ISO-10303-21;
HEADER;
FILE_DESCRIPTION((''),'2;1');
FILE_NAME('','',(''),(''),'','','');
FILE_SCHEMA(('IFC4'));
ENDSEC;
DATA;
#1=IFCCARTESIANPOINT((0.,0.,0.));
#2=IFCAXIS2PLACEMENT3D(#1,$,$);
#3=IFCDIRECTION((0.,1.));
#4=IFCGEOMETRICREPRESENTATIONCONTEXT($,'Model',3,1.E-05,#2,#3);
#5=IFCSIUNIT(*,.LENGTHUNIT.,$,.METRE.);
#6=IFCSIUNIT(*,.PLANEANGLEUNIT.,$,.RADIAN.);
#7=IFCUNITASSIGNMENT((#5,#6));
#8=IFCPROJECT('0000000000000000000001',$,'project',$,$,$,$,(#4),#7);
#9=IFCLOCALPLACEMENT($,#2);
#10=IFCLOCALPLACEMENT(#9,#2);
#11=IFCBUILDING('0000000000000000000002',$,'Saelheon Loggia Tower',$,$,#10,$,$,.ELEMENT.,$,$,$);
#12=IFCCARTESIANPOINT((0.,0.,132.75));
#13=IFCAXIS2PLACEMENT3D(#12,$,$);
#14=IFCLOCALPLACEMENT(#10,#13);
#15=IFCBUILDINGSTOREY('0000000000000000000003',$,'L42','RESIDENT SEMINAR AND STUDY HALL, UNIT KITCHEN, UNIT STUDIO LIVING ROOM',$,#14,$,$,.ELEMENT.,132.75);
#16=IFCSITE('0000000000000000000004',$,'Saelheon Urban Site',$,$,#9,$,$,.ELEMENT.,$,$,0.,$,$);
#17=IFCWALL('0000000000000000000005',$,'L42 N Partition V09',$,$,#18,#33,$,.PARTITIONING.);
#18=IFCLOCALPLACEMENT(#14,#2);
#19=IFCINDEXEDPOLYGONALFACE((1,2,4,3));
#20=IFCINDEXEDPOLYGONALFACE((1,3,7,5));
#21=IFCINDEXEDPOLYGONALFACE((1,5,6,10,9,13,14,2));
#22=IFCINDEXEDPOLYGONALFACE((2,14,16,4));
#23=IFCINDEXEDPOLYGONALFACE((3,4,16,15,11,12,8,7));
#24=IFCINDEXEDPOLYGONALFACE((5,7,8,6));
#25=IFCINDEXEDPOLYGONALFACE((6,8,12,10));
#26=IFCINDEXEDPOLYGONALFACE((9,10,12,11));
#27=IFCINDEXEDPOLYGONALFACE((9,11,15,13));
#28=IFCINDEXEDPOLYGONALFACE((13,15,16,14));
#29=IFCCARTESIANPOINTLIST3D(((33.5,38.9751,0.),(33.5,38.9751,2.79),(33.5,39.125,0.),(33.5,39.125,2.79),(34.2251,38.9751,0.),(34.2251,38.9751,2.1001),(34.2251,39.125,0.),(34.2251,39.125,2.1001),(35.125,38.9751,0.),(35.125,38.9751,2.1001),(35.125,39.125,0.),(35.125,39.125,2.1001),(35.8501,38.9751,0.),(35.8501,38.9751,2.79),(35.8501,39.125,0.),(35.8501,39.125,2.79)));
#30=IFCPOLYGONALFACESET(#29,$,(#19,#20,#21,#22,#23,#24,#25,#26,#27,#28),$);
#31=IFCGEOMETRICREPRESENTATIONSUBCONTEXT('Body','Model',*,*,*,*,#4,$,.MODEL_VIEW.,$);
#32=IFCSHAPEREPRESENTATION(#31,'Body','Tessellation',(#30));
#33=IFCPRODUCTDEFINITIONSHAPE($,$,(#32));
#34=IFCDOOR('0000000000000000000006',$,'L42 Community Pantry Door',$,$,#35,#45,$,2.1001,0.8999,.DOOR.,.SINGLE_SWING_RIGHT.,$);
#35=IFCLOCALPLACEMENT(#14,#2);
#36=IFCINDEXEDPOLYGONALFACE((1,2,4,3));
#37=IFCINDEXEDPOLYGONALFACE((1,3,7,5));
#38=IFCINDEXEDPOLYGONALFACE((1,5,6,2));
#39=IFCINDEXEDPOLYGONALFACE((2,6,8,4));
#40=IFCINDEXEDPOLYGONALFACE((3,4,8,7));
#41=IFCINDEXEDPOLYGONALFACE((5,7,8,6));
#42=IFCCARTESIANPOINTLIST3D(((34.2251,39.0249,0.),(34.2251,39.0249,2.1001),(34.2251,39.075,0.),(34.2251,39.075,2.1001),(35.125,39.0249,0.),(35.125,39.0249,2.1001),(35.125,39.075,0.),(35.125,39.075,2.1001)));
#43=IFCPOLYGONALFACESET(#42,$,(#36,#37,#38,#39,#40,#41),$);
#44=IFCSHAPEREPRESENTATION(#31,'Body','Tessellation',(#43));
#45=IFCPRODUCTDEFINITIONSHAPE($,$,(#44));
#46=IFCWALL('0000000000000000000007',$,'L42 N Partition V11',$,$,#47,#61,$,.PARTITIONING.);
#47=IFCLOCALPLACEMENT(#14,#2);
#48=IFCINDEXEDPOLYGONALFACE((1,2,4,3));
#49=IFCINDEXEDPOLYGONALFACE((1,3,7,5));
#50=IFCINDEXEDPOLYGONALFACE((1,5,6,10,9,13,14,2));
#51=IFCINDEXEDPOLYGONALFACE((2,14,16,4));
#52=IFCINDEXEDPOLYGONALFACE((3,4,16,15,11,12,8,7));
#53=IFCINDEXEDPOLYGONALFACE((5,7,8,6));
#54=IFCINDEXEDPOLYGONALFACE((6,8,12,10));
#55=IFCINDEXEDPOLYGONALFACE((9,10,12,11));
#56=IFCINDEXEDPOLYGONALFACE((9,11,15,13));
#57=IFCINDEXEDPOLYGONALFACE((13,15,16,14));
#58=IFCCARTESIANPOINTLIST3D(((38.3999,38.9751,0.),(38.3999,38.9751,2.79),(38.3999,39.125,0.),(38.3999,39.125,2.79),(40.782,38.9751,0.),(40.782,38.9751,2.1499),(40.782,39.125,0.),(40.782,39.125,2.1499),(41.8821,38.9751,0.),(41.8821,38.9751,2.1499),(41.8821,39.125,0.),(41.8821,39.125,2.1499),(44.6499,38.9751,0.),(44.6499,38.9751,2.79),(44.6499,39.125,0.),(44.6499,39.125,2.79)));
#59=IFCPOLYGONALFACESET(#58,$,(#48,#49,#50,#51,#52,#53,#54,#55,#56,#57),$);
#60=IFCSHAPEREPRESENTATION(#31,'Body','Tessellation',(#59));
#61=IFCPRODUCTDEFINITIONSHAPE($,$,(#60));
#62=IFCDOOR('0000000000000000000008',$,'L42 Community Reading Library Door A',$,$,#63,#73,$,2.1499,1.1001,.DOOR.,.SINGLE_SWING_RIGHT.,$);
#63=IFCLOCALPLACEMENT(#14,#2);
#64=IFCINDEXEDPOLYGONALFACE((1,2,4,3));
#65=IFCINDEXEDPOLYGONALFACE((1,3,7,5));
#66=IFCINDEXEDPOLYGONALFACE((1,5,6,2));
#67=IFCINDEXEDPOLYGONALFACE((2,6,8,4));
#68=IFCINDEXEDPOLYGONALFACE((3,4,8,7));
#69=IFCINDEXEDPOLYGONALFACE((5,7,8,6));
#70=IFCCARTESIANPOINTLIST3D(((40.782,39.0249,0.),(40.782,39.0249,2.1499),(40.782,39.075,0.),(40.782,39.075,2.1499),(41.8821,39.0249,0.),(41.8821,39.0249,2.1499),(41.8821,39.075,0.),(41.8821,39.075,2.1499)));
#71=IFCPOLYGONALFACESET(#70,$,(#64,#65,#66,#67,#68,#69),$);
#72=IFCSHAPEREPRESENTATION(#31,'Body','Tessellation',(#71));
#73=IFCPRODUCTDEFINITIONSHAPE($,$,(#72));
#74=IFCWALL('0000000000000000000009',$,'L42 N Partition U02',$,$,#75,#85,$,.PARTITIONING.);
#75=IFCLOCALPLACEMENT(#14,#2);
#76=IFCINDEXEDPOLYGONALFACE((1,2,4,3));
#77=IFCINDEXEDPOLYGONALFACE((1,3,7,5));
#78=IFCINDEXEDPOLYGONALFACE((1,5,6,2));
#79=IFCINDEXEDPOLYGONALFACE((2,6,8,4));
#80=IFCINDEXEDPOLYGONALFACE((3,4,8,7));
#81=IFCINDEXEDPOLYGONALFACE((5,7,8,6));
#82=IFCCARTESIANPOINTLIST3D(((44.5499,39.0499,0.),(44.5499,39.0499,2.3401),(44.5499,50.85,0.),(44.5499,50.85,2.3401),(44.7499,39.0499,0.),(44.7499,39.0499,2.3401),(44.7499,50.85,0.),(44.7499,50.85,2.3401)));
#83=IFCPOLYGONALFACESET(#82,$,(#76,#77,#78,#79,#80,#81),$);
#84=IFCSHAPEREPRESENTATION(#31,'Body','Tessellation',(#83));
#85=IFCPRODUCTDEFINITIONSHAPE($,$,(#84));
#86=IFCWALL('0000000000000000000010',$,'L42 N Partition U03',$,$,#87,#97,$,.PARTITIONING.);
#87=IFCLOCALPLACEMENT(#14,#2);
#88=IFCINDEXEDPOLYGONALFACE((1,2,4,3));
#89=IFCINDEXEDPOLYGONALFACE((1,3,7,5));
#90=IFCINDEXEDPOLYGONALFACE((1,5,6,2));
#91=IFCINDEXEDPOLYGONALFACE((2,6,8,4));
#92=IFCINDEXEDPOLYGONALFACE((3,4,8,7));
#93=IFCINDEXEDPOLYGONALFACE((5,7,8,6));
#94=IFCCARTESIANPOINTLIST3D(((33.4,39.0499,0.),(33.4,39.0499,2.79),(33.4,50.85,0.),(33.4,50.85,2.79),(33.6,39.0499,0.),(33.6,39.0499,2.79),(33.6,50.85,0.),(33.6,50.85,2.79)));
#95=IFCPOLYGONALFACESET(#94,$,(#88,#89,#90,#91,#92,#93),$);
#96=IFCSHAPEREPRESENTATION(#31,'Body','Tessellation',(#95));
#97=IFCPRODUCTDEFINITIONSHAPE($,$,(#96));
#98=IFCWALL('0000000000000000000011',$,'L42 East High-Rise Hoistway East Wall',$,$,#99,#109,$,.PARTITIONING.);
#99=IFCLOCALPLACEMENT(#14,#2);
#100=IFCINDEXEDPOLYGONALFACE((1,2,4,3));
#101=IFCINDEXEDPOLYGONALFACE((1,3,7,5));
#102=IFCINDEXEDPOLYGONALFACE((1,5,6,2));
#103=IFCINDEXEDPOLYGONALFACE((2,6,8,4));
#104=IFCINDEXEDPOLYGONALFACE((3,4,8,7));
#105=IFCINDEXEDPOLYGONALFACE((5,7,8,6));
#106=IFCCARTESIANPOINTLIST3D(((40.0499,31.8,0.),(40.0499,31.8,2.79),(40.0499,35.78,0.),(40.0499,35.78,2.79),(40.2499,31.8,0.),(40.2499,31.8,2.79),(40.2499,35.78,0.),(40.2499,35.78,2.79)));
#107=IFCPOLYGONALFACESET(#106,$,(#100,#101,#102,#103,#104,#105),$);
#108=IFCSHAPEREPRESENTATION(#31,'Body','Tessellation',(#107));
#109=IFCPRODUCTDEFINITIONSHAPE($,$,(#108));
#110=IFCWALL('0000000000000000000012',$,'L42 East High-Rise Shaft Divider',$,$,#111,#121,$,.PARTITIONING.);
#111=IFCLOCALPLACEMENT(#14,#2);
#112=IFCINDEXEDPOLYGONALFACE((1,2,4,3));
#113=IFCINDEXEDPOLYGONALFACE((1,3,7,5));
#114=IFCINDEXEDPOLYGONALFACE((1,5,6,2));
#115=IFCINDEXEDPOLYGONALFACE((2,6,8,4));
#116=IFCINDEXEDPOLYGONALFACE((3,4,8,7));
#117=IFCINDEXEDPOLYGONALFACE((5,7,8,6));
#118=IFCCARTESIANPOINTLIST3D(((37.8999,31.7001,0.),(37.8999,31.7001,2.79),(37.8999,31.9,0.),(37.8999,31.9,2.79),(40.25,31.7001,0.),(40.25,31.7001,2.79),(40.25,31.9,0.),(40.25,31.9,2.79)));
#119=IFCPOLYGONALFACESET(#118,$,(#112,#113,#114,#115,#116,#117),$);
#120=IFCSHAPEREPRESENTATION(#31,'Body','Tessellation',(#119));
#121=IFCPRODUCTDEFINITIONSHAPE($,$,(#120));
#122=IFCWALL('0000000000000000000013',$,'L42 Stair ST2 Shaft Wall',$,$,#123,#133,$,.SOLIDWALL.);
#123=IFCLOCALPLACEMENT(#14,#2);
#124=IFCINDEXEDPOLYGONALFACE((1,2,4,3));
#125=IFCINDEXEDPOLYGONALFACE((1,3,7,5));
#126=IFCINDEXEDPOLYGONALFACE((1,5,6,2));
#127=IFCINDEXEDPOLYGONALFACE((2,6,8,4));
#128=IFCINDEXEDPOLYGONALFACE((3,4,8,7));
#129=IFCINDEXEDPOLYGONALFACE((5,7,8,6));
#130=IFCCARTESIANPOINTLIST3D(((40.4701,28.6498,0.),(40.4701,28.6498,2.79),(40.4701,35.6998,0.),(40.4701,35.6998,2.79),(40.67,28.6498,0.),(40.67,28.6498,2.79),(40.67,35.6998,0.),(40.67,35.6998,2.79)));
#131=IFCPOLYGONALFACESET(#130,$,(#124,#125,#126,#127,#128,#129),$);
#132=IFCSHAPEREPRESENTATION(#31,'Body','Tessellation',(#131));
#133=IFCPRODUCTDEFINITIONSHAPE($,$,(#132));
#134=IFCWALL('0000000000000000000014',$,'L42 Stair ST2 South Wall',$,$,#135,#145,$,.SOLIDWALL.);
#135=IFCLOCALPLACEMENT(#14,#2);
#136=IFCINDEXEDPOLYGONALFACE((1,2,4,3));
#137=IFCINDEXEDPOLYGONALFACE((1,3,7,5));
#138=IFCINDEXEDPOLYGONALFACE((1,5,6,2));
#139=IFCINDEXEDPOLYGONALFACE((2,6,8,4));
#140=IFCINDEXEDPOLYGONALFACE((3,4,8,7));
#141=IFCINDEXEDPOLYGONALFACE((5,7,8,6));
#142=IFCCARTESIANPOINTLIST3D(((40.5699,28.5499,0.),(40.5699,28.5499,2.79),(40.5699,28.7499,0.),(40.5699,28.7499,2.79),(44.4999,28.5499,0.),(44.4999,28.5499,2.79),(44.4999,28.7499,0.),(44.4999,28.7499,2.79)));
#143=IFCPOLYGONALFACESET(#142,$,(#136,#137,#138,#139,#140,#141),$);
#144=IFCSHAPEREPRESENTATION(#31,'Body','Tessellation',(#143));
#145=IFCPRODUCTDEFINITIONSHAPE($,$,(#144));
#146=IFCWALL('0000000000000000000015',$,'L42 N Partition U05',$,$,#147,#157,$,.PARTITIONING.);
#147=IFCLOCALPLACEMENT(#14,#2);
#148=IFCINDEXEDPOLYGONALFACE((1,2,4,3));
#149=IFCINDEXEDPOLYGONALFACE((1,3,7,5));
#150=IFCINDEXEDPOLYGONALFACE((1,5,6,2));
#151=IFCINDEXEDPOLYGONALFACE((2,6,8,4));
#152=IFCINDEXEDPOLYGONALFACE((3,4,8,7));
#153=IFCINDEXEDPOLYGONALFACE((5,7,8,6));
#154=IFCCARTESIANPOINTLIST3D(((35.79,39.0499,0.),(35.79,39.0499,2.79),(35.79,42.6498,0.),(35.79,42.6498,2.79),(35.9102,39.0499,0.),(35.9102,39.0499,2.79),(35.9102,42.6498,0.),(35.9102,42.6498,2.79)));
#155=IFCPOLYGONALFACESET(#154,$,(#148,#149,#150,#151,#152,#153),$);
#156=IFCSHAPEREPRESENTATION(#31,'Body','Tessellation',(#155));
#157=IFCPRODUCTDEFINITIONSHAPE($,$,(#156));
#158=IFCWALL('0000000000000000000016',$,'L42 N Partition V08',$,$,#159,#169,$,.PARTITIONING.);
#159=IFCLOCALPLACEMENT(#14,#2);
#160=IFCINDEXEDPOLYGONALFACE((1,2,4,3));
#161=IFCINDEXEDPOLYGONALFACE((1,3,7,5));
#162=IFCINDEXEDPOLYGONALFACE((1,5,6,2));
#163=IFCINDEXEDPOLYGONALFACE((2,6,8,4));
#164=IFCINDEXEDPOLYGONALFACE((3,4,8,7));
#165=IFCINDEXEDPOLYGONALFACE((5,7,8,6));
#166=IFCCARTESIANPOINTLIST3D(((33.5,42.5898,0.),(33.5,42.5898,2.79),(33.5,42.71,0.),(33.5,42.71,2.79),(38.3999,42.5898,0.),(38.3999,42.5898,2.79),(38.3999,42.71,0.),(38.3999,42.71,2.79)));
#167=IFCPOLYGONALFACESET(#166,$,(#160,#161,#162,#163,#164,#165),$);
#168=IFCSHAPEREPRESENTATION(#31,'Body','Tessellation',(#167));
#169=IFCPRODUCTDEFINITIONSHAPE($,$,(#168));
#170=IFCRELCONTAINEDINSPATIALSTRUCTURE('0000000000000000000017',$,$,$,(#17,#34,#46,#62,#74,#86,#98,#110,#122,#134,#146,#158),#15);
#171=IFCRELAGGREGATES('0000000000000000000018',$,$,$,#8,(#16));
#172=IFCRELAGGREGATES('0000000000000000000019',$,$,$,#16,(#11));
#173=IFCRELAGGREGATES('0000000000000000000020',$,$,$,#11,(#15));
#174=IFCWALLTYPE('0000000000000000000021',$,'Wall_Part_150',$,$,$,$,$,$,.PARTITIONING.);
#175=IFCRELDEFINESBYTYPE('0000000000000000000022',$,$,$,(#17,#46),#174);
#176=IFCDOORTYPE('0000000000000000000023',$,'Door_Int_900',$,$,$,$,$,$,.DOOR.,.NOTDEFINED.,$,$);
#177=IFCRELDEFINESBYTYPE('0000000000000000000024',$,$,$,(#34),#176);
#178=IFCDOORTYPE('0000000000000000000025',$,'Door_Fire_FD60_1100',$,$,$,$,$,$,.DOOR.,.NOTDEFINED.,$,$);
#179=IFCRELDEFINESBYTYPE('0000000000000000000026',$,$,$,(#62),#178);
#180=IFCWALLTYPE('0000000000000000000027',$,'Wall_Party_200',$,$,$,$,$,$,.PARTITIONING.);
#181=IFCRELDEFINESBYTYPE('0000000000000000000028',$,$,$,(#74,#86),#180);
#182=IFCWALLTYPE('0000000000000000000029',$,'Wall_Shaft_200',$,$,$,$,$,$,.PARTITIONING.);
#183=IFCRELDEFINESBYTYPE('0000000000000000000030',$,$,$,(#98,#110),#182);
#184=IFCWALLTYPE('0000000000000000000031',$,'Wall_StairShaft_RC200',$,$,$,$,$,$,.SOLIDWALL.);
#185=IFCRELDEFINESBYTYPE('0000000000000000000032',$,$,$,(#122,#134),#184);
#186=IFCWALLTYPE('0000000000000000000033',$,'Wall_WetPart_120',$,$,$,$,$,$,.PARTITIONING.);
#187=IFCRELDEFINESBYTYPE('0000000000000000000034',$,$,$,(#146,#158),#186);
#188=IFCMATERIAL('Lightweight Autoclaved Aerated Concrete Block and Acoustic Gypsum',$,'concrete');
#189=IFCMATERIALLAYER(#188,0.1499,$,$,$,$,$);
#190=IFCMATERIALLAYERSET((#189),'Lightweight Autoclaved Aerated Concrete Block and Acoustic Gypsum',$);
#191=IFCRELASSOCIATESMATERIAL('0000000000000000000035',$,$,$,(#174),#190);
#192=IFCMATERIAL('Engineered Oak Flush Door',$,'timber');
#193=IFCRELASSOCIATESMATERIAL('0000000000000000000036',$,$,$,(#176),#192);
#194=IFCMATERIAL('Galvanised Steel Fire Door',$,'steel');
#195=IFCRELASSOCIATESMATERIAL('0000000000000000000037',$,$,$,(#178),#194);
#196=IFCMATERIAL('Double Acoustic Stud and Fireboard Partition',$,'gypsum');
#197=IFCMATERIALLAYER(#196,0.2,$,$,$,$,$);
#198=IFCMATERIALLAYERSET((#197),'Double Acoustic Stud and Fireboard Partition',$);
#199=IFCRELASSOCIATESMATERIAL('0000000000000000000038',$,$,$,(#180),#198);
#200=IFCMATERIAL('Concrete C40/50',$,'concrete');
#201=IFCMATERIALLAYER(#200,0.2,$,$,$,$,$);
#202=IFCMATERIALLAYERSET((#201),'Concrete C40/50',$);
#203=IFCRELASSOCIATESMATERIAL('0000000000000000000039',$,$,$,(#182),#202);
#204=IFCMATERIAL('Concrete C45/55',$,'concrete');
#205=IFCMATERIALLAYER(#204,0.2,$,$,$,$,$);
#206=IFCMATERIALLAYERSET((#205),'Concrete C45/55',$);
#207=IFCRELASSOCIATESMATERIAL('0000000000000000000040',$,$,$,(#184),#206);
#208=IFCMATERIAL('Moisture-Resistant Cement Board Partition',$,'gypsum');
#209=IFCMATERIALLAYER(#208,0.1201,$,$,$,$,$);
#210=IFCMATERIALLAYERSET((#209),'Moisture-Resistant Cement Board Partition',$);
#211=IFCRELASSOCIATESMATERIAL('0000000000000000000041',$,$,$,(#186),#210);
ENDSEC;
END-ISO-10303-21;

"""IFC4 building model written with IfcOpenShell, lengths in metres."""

from ifc_helpers import new_model, si_unit, direction, frame, frame_2d, origin, place, context, subcontext, project, spatial, rectangle, extrude, source, transform, mapped, material, layer, layer_set, type_object, element, fill, save


model = new_model("IFC4")

# Units and contexts
model_context = context("Model", 3, precision=1e-05, world=origin(), true_north=direction((0.0, 1.0)))
body_context = subcontext(model_context, "Body", "Model", "MODEL_VIEW")
ifc_project = project(units=[si_unit("LENGTHUNIT", "METRE"), si_unit("PLANEANGLEUNIT", "RADIAN")], contexts=[model_context])

# Site, building, storey
site_placement = place(None, origin())
site = spatial("IfcSite", under=ifc_project, at=site_placement, Name="Saelheon Urban Site", CompositionType="ELEMENT", RefElevation=0.0)
building_placement = place(site_placement, origin())
building = spatial("IfcBuilding", under=site, at=building_placement, Name="Saelheon Loggia Tower", CompositionType="ELEMENT")
storey_placement = place(building_placement, frame((0.0, 0.0, 132.75)))
storey = spatial("IfcBuildingStorey", under=building, at=storey_placement, Name="L42", Description="RESIDENT SEMINAR AND STUDY HALL, UNIT KITCHEN, UNIT STUDIO LIVING ROOM", CompositionType="ELEMENT", Elevation=132.75)

# Shared definitions
ifc_material_1 = material(Name="Concrete C40/50", Category="concrete")

# Shared definitions
ifc_material_2 = material(Name="Lightweight Autoclaved Aerated Concrete Block and Acoustic Gypsum", Category="concrete")
ifc_layer_1 = layer(ifc_material_2, 0.1499)
ifc_layer_set_1 = layer_set([ifc_layer_1], Name="Lightweight Autoclaved Aerated Concrete Block and Acoustic Gypsum")
wall_type_1 = type_object("IfcWallType", Name="Wall_Part_150", PredefinedType="PARTITIONING", material=ifc_layer_set_1)

# Walls, openings, doors
ifc_material_3 = material(Name="Engineered Oak Flush Door", Category="timber")
door_type_1 = type_object("IfcDoorType", Name="Door_Int_900", OperationType="NOTDEFINED", PredefinedType="DOOR", material=ifc_material_3)
shared_shape_1 = source(origin(), body_context, "Body", "SweptSolid", [
    extrude(rectangle(XDim=0.8999, YDim=2.1001, at=frame_2d((0.45, 1.05))), frame((0.0, 0.0249, 0.0), z_axis=(0.0, -1.0, 0.0), x_axis=(1.0, 0.0, 0.0)), (0.0, 0.0, 1.0), 0.05),
])
wall_1_placement = place(storey_placement, frame((33.5, 39.05, 0.0), z_axis=(0.0, 0.0, 1.0), x_axis=(1.0, 0.0, 0.0)))
wall_1 = element("IfcWall", 1, at=wall_1_placement, inside=storey, type_object=wall_type_1, Name="L42 N Partition V09", PredefinedType="PARTITIONING", context=body_context, shape_type="SweptSolid", body=[
    extrude(rectangle(XDim=2.3501, YDim=0.1499, at=frame_2d((1.175, 0.0))), origin(), (0.0, 0.0, 1.0), 2.79),
])
opening_1_placement = place(wall_1_placement, frame((0.7251, 0.0, 0.0)))
opening_1 = element("IfcOpeningElement", 2, at=opening_1_placement, cuts=wall_1, PredefinedType="OPENING", context=body_context, shape_type="SweptSolid", body=[
    extrude(rectangle(XDim=0.8999, YDim=2.1001, at=frame_2d((0.45, 1.05))), frame((0.0, 0.0869, 0.0), z_axis=(0.0, -1.0, 0.0), x_axis=(1.0, 0.0, 0.0)), (0.0, 0.0, 1.0), 0.1738),
])
door_1_placement = place(opening_1_placement, origin())
door_1 = element("IfcDoor", 3, at=door_1_placement, inside=storey, type_object=door_type_1, Name="L42 Community Pantry Door", OperationType="SINGLE_SWING_RIGHT", OverallHeight=2.1001, OverallWidth=0.8999, PredefinedType="DOOR", context=body_context, shape_type="MappedRepresentation", body=[
    mapped(shared_shape_1, transform((0.0, 0.0, 0.0), scale=1.0)),
])
fill(opening_1, door_1)
wall_2_placement = place(storey_placement, frame((38.3999, 39.05, 0.0), z_axis=(0.0, 0.0, 1.0), x_axis=(1.0, 0.0, 0.0)))
wall_2 = element("IfcWall", 4, at=wall_2_placement, inside=storey, type_object=wall_type_1, Name="L42 N Partition V11", PredefinedType="PARTITIONING", context=body_context, shape_type="SweptSolid", body=[
    extrude(rectangle(XDim=6.25, YDim=0.1499, at=frame_2d((3.125, 0.0))), origin(), (0.0, 0.0, 1.0), 2.79),
])
opening_2_placement = place(wall_2_placement, frame((2.3821, 0.0, 0.0)))
opening_2 = element("IfcOpeningElement", 5, at=opening_2_placement, cuts=wall_2, PredefinedType="OPENING", context=body_context, shape_type="SweptSolid", body=[
    extrude(rectangle(XDim=1.1001, YDim=2.1499, at=frame_2d((0.55, 1.075))), frame((0.0, 0.0869, 0.0), z_axis=(0.0, -1.0, 0.0), x_axis=(1.0, 0.0, 0.0)), (0.0, 0.0, 1.0), 0.1738),
])
ifc_material_4 = material(Name="Galvanised Steel Fire Door", Category="steel")
door_type_2 = type_object("IfcDoorType", Name="Door_Fire_FD60_1100", OperationType="NOTDEFINED", PredefinedType="DOOR", material=ifc_material_4)
shared_shape_2 = source(origin(), body_context, "Body", "SweptSolid", [
    extrude(rectangle(XDim=1.1001, YDim=2.1499, at=frame_2d((0.55, 1.075))), frame((0.0, 0.0249, 0.0), z_axis=(0.0, -1.0, 0.0), x_axis=(1.0, 0.0, 0.0)), (0.0, 0.0, 1.0), 0.05),
])
door_2_placement = place(opening_2_placement, origin())
door_2 = element("IfcDoor", 6, at=door_2_placement, inside=storey, type_object=door_type_2, Name="L42 Community Reading Library Door A", OperationType="SINGLE_SWING_RIGHT", OverallHeight=2.1499, OverallWidth=1.1001, PredefinedType="DOOR", context=body_context, shape_type="MappedRepresentation", body=[
    mapped(shared_shape_2, transform((0.0, 0.0, 0.0), scale=1.0)),
])
fill(opening_2, door_2)

# Walls
ifc_material_5 = material(Name="Double Acoustic Stud and Fireboard Partition", Category="gypsum")
ifc_layer_2 = layer(ifc_material_5, 0.2)
ifc_layer_set_2 = layer_set([ifc_layer_2], Name="Double Acoustic Stud and Fireboard Partition")
wall_type_2 = type_object("IfcWallType", Name="Wall_Party_200", PredefinedType="PARTITIONING", material=ifc_layer_set_2)
wall_3_placement = place(storey_placement, frame((44.6499, 39.05, 0.0), z_axis=(0.0, 0.0, 1.0), x_axis=(0.0, 1.0, 0.0)))
element("IfcWall", 7, at=wall_3_placement, inside=storey, type_object=wall_type_2, Name="L42 N Partition U02", PredefinedType="PARTITIONING", context=body_context, shape_type="SweptSolid", body=[
    extrude(rectangle(XDim=11.8, YDim=0.2, at=frame_2d((5.8999, 0.0))), origin(), (0.0, 0.0, 1.0), 2.3401),
])
wall_4_placement = place(storey_placement, frame((33.5, 39.05, 0.0), z_axis=(0.0, 0.0, 1.0), x_axis=(0.0, 1.0, 0.0)))
element("IfcWall", 8, at=wall_4_placement, inside=storey, type_object=wall_type_2, Name="L42 N Partition U03", PredefinedType="PARTITIONING", context=body_context, shape_type="SweptSolid", body=[
    extrude(rectangle(XDim=11.8, YDim=0.2, at=frame_2d((5.8999, 0.0))), origin(), (0.0, 0.0, 1.0), 2.79),
])
ifc_layer_3 = layer(ifc_material_1, 0.2)
ifc_layer_set_3 = layer_set([ifc_layer_3], Name="Concrete C40/50")
wall_type_3 = type_object("IfcWallType", Name="Wall_Shaft_200", PredefinedType="PARTITIONING", material=ifc_layer_set_3)
wall_5_placement = place(storey_placement, frame((40.1499, 31.8, 0.0), z_axis=(0.0, 0.0, 1.0), x_axis=(0.0, 1.0, 0.0)))
element("IfcWall", 9, at=wall_5_placement, inside=storey, type_object=wall_type_3, Name="L42 East High-Rise Hoistway East Wall", PredefinedType="PARTITIONING", context=body_context, shape_type="SweptSolid", body=[
    extrude(rectangle(XDim=3.98, YDim=0.2, at=frame_2d((1.99, 0.0))), origin(), (0.0, 0.0, 1.0), 2.79),
])
wall_6_placement = place(storey_placement, frame((37.8999, 31.8, 0.0), z_axis=(0.0, 0.0, 1.0), x_axis=(1.0, 0.0, 0.0)))
element("IfcWall", 10, at=wall_6_placement, inside=storey, type_object=wall_type_3, Name="L42 East High-Rise Shaft Divider", PredefinedType="PARTITIONING", context=body_context, shape_type="SweptSolid", body=[
    extrude(rectangle(XDim=2.3501, YDim=0.2, at=frame_2d((1.175, 0.0))), origin(), (0.0, 0.0, 1.0), 2.79),
])
ifc_material_6 = material(Name="Concrete C45/55", Category="concrete")
ifc_layer_4 = layer(ifc_material_6, 0.2)
ifc_layer_set_4 = layer_set([ifc_layer_4], Name="Concrete C45/55")
wall_type_4 = type_object("IfcWallType", Name="Wall_StairShaft_RC200", PredefinedType="SOLIDWALL", material=ifc_layer_set_4)
wall_7_placement = place(storey_placement, frame((40.5701, 28.6499, 0.0), z_axis=(0.0, 0.0, 1.0), x_axis=(0.0, 1.0, 0.0)))
element("IfcWall", 11, at=wall_7_placement, inside=storey, type_object=wall_type_4, Name="L42 Stair ST2 Shaft Wall", PredefinedType="SOLIDWALL", context=body_context, shape_type="SweptSolid", body=[
    extrude(rectangle(XDim=7.05, YDim=0.2, at=frame_2d((3.5249, 0.0))), origin(), (0.0, 0.0, 1.0), 2.79),
])
wall_8_placement = place(storey_placement, frame((40.5701, 28.6499, 0.0), z_axis=(0.0, 0.0, 1.0), x_axis=(1.0, 0.0, 0.0)))
element("IfcWall", 12, at=wall_8_placement, inside=storey, type_object=wall_type_4, Name="L42 Stair ST2 South Wall", PredefinedType="SOLIDWALL", context=body_context, shape_type="SweptSolid", body=[
    extrude(rectangle(XDim=3.9299, YDim=0.2, at=frame_2d((1.9648, 0.0))), origin(), (0.0, 0.0, 1.0), 2.79),
])
ifc_material_7 = material(Name="Moisture-Resistant Cement Board Partition", Category="gypsum")
ifc_layer_5 = layer(ifc_material_7, 0.1201)
ifc_layer_set_5 = layer_set([ifc_layer_5], Name="Moisture-Resistant Cement Board Partition")
wall_type_5 = type_object("IfcWallType", Name="Wall_WetPart_120", PredefinedType="PARTITIONING", material=ifc_layer_set_5)
wall_9_placement = place(storey_placement, frame((35.8501, 39.05, 0.0), z_axis=(0.0, 0.0, 1.0), x_axis=(0.0, 1.0, 0.0)))
element("IfcWall", 13, at=wall_9_placement, inside=storey, type_object=wall_type_5, Name="L42 N Partition U05", PredefinedType="PARTITIONING", context=body_context, shape_type="SweptSolid", body=[
    extrude(rectangle(XDim=3.5999, YDim=0.1201, at=frame_2d((1.7998, 0.0))), origin(), (0.0, 0.0, 1.0), 2.79),
])
wall_10_placement = place(storey_placement, frame((33.5, 42.6499, 0.0), z_axis=(0.0, 0.0, 1.0), x_axis=(1.0, 0.0, 0.0)))
element("IfcWall", 14, at=wall_10_placement, inside=storey, type_object=wall_type_5, Name="L42 N Partition V08", PredefinedType="PARTITIONING", context=body_context, shape_type="SweptSolid", body=[
    extrude(rectangle(XDim=4.8999, YDim=0.1201, at=frame_2d((2.45, 0.0))), origin(), (0.0, 0.0, 1.0), 2.79),
])

save(model, "model.ifc")
